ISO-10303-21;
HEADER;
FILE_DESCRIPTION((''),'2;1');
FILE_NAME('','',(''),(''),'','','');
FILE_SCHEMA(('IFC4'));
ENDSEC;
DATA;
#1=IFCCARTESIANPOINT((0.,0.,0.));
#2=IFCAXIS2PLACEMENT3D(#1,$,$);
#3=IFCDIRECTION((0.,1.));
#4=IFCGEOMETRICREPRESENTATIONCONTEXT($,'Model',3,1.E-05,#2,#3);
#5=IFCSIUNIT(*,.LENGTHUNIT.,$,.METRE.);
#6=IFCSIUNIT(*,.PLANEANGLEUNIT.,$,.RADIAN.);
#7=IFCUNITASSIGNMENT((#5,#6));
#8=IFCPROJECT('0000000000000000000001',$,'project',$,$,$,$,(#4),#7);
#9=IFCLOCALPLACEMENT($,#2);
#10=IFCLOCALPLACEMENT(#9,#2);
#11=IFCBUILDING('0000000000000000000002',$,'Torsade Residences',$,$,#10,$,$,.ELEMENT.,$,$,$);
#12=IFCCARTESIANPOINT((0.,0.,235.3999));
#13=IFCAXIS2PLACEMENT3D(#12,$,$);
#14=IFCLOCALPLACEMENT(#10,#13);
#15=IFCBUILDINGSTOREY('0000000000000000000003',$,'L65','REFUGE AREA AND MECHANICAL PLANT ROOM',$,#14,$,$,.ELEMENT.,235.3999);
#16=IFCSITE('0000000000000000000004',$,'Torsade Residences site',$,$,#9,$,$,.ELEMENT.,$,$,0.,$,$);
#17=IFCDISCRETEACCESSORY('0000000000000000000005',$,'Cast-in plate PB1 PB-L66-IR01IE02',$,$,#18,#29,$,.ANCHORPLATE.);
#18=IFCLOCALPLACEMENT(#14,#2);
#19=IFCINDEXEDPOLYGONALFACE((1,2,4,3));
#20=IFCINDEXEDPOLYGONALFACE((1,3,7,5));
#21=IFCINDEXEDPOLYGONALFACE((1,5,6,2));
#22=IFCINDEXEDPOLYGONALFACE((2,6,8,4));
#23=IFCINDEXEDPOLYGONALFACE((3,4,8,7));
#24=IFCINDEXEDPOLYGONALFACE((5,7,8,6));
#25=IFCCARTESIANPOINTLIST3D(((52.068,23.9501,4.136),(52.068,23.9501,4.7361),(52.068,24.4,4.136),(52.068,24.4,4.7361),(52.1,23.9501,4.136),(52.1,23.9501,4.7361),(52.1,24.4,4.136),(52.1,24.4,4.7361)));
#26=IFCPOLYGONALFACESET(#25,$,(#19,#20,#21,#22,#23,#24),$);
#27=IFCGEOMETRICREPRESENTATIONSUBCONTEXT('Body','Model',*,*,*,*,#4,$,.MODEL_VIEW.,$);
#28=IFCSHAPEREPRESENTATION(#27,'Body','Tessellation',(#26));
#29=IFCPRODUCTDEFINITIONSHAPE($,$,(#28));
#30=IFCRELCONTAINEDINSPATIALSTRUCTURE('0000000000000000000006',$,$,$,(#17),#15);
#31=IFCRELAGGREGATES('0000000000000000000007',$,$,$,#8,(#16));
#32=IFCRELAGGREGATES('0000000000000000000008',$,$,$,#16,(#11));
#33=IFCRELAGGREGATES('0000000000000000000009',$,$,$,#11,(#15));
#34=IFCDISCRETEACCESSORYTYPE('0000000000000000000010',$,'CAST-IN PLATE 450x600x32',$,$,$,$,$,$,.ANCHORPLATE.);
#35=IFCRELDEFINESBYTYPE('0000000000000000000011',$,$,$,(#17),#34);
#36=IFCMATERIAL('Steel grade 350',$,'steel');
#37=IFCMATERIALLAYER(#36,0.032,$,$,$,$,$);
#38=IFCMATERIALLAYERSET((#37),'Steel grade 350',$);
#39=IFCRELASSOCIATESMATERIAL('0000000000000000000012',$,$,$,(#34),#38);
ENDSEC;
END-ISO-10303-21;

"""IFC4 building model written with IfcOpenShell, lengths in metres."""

from ifc_helpers import new_model, si_unit, direction, frame, origin, origin_2d, place, context, subcontext, project, spatial, rectangle, extrude, material, layer, layer_set, type_object, element, save


model = new_model("IFC4")

# Units and contexts
model_context = context("Model", 3, precision=1e-05, world=origin(), true_north=direction((0.0, 1.0)))
body_context = subcontext(model_context, "Body", "Model", "MODEL_VIEW")
ifc_project = project(units=[si_unit("LENGTHUNIT", "METRE"), si_unit("PLANEANGLEUNIT", "RADIAN")], contexts=[model_context])

# Site, building, storey
site_placement = place(None, origin())
site = spatial("IfcSite", under=ifc_project, at=site_placement, Name="Torsade Residences site", CompositionType="ELEMENT", RefElevation=0.0)
building_placement = place(site_placement, origin())
building = spatial("IfcBuilding", under=site, at=building_placement, Name="Torsade Residences", CompositionType="ELEMENT")
storey_placement = place(building_placement, frame((0.0, 0.0, 235.3999)))
storey = spatial("IfcBuildingStorey", under=building, at=storey_placement, Name="L65", Description="REFUGE AREA AND MECHANICAL PLANT ROOM", CompositionType="ELEMENT", Elevation=235.3999)

# Discrete accessory
ifc_material_1 = material(Name="Steel grade 350", Category="steel")
ifc_layer_1 = layer(ifc_material_1, 0.032)
ifc_layer_set_1 = layer_set([ifc_layer_1], Name="Steel grade 350")
discrete_accessory_type = type_object("IfcDiscreteAccessoryType", Name="CAST-IN PLATE 450x600x32", PredefinedType="ANCHORPLATE", material=ifc_layer_set_1)
for number, where, z_axis, x_axis, name in (
    (1, (52.084, 24.175, 4.136), (0.0, 0.0, 1.0), (1.0, 0.0, 0.0), "Cast-in plate PB1 PB-L66-IR01IE02"),
):
    element("IfcDiscreteAccessory", number, at=place(storey_placement, frame(where, z_axis=z_axis, x_axis=x_axis)), inside=storey, type_object=discrete_accessory_type, Name=name, PredefinedType="ANCHORPLATE", context=body_context, shape_type="SweptSolid", body=[
        extrude(rectangle(XDim=0.032, YDim=0.45, at=origin_2d()), origin(), (0.0, 0.0, 1.0), 0.6001),
    ])

save(model, "model.ifc")
